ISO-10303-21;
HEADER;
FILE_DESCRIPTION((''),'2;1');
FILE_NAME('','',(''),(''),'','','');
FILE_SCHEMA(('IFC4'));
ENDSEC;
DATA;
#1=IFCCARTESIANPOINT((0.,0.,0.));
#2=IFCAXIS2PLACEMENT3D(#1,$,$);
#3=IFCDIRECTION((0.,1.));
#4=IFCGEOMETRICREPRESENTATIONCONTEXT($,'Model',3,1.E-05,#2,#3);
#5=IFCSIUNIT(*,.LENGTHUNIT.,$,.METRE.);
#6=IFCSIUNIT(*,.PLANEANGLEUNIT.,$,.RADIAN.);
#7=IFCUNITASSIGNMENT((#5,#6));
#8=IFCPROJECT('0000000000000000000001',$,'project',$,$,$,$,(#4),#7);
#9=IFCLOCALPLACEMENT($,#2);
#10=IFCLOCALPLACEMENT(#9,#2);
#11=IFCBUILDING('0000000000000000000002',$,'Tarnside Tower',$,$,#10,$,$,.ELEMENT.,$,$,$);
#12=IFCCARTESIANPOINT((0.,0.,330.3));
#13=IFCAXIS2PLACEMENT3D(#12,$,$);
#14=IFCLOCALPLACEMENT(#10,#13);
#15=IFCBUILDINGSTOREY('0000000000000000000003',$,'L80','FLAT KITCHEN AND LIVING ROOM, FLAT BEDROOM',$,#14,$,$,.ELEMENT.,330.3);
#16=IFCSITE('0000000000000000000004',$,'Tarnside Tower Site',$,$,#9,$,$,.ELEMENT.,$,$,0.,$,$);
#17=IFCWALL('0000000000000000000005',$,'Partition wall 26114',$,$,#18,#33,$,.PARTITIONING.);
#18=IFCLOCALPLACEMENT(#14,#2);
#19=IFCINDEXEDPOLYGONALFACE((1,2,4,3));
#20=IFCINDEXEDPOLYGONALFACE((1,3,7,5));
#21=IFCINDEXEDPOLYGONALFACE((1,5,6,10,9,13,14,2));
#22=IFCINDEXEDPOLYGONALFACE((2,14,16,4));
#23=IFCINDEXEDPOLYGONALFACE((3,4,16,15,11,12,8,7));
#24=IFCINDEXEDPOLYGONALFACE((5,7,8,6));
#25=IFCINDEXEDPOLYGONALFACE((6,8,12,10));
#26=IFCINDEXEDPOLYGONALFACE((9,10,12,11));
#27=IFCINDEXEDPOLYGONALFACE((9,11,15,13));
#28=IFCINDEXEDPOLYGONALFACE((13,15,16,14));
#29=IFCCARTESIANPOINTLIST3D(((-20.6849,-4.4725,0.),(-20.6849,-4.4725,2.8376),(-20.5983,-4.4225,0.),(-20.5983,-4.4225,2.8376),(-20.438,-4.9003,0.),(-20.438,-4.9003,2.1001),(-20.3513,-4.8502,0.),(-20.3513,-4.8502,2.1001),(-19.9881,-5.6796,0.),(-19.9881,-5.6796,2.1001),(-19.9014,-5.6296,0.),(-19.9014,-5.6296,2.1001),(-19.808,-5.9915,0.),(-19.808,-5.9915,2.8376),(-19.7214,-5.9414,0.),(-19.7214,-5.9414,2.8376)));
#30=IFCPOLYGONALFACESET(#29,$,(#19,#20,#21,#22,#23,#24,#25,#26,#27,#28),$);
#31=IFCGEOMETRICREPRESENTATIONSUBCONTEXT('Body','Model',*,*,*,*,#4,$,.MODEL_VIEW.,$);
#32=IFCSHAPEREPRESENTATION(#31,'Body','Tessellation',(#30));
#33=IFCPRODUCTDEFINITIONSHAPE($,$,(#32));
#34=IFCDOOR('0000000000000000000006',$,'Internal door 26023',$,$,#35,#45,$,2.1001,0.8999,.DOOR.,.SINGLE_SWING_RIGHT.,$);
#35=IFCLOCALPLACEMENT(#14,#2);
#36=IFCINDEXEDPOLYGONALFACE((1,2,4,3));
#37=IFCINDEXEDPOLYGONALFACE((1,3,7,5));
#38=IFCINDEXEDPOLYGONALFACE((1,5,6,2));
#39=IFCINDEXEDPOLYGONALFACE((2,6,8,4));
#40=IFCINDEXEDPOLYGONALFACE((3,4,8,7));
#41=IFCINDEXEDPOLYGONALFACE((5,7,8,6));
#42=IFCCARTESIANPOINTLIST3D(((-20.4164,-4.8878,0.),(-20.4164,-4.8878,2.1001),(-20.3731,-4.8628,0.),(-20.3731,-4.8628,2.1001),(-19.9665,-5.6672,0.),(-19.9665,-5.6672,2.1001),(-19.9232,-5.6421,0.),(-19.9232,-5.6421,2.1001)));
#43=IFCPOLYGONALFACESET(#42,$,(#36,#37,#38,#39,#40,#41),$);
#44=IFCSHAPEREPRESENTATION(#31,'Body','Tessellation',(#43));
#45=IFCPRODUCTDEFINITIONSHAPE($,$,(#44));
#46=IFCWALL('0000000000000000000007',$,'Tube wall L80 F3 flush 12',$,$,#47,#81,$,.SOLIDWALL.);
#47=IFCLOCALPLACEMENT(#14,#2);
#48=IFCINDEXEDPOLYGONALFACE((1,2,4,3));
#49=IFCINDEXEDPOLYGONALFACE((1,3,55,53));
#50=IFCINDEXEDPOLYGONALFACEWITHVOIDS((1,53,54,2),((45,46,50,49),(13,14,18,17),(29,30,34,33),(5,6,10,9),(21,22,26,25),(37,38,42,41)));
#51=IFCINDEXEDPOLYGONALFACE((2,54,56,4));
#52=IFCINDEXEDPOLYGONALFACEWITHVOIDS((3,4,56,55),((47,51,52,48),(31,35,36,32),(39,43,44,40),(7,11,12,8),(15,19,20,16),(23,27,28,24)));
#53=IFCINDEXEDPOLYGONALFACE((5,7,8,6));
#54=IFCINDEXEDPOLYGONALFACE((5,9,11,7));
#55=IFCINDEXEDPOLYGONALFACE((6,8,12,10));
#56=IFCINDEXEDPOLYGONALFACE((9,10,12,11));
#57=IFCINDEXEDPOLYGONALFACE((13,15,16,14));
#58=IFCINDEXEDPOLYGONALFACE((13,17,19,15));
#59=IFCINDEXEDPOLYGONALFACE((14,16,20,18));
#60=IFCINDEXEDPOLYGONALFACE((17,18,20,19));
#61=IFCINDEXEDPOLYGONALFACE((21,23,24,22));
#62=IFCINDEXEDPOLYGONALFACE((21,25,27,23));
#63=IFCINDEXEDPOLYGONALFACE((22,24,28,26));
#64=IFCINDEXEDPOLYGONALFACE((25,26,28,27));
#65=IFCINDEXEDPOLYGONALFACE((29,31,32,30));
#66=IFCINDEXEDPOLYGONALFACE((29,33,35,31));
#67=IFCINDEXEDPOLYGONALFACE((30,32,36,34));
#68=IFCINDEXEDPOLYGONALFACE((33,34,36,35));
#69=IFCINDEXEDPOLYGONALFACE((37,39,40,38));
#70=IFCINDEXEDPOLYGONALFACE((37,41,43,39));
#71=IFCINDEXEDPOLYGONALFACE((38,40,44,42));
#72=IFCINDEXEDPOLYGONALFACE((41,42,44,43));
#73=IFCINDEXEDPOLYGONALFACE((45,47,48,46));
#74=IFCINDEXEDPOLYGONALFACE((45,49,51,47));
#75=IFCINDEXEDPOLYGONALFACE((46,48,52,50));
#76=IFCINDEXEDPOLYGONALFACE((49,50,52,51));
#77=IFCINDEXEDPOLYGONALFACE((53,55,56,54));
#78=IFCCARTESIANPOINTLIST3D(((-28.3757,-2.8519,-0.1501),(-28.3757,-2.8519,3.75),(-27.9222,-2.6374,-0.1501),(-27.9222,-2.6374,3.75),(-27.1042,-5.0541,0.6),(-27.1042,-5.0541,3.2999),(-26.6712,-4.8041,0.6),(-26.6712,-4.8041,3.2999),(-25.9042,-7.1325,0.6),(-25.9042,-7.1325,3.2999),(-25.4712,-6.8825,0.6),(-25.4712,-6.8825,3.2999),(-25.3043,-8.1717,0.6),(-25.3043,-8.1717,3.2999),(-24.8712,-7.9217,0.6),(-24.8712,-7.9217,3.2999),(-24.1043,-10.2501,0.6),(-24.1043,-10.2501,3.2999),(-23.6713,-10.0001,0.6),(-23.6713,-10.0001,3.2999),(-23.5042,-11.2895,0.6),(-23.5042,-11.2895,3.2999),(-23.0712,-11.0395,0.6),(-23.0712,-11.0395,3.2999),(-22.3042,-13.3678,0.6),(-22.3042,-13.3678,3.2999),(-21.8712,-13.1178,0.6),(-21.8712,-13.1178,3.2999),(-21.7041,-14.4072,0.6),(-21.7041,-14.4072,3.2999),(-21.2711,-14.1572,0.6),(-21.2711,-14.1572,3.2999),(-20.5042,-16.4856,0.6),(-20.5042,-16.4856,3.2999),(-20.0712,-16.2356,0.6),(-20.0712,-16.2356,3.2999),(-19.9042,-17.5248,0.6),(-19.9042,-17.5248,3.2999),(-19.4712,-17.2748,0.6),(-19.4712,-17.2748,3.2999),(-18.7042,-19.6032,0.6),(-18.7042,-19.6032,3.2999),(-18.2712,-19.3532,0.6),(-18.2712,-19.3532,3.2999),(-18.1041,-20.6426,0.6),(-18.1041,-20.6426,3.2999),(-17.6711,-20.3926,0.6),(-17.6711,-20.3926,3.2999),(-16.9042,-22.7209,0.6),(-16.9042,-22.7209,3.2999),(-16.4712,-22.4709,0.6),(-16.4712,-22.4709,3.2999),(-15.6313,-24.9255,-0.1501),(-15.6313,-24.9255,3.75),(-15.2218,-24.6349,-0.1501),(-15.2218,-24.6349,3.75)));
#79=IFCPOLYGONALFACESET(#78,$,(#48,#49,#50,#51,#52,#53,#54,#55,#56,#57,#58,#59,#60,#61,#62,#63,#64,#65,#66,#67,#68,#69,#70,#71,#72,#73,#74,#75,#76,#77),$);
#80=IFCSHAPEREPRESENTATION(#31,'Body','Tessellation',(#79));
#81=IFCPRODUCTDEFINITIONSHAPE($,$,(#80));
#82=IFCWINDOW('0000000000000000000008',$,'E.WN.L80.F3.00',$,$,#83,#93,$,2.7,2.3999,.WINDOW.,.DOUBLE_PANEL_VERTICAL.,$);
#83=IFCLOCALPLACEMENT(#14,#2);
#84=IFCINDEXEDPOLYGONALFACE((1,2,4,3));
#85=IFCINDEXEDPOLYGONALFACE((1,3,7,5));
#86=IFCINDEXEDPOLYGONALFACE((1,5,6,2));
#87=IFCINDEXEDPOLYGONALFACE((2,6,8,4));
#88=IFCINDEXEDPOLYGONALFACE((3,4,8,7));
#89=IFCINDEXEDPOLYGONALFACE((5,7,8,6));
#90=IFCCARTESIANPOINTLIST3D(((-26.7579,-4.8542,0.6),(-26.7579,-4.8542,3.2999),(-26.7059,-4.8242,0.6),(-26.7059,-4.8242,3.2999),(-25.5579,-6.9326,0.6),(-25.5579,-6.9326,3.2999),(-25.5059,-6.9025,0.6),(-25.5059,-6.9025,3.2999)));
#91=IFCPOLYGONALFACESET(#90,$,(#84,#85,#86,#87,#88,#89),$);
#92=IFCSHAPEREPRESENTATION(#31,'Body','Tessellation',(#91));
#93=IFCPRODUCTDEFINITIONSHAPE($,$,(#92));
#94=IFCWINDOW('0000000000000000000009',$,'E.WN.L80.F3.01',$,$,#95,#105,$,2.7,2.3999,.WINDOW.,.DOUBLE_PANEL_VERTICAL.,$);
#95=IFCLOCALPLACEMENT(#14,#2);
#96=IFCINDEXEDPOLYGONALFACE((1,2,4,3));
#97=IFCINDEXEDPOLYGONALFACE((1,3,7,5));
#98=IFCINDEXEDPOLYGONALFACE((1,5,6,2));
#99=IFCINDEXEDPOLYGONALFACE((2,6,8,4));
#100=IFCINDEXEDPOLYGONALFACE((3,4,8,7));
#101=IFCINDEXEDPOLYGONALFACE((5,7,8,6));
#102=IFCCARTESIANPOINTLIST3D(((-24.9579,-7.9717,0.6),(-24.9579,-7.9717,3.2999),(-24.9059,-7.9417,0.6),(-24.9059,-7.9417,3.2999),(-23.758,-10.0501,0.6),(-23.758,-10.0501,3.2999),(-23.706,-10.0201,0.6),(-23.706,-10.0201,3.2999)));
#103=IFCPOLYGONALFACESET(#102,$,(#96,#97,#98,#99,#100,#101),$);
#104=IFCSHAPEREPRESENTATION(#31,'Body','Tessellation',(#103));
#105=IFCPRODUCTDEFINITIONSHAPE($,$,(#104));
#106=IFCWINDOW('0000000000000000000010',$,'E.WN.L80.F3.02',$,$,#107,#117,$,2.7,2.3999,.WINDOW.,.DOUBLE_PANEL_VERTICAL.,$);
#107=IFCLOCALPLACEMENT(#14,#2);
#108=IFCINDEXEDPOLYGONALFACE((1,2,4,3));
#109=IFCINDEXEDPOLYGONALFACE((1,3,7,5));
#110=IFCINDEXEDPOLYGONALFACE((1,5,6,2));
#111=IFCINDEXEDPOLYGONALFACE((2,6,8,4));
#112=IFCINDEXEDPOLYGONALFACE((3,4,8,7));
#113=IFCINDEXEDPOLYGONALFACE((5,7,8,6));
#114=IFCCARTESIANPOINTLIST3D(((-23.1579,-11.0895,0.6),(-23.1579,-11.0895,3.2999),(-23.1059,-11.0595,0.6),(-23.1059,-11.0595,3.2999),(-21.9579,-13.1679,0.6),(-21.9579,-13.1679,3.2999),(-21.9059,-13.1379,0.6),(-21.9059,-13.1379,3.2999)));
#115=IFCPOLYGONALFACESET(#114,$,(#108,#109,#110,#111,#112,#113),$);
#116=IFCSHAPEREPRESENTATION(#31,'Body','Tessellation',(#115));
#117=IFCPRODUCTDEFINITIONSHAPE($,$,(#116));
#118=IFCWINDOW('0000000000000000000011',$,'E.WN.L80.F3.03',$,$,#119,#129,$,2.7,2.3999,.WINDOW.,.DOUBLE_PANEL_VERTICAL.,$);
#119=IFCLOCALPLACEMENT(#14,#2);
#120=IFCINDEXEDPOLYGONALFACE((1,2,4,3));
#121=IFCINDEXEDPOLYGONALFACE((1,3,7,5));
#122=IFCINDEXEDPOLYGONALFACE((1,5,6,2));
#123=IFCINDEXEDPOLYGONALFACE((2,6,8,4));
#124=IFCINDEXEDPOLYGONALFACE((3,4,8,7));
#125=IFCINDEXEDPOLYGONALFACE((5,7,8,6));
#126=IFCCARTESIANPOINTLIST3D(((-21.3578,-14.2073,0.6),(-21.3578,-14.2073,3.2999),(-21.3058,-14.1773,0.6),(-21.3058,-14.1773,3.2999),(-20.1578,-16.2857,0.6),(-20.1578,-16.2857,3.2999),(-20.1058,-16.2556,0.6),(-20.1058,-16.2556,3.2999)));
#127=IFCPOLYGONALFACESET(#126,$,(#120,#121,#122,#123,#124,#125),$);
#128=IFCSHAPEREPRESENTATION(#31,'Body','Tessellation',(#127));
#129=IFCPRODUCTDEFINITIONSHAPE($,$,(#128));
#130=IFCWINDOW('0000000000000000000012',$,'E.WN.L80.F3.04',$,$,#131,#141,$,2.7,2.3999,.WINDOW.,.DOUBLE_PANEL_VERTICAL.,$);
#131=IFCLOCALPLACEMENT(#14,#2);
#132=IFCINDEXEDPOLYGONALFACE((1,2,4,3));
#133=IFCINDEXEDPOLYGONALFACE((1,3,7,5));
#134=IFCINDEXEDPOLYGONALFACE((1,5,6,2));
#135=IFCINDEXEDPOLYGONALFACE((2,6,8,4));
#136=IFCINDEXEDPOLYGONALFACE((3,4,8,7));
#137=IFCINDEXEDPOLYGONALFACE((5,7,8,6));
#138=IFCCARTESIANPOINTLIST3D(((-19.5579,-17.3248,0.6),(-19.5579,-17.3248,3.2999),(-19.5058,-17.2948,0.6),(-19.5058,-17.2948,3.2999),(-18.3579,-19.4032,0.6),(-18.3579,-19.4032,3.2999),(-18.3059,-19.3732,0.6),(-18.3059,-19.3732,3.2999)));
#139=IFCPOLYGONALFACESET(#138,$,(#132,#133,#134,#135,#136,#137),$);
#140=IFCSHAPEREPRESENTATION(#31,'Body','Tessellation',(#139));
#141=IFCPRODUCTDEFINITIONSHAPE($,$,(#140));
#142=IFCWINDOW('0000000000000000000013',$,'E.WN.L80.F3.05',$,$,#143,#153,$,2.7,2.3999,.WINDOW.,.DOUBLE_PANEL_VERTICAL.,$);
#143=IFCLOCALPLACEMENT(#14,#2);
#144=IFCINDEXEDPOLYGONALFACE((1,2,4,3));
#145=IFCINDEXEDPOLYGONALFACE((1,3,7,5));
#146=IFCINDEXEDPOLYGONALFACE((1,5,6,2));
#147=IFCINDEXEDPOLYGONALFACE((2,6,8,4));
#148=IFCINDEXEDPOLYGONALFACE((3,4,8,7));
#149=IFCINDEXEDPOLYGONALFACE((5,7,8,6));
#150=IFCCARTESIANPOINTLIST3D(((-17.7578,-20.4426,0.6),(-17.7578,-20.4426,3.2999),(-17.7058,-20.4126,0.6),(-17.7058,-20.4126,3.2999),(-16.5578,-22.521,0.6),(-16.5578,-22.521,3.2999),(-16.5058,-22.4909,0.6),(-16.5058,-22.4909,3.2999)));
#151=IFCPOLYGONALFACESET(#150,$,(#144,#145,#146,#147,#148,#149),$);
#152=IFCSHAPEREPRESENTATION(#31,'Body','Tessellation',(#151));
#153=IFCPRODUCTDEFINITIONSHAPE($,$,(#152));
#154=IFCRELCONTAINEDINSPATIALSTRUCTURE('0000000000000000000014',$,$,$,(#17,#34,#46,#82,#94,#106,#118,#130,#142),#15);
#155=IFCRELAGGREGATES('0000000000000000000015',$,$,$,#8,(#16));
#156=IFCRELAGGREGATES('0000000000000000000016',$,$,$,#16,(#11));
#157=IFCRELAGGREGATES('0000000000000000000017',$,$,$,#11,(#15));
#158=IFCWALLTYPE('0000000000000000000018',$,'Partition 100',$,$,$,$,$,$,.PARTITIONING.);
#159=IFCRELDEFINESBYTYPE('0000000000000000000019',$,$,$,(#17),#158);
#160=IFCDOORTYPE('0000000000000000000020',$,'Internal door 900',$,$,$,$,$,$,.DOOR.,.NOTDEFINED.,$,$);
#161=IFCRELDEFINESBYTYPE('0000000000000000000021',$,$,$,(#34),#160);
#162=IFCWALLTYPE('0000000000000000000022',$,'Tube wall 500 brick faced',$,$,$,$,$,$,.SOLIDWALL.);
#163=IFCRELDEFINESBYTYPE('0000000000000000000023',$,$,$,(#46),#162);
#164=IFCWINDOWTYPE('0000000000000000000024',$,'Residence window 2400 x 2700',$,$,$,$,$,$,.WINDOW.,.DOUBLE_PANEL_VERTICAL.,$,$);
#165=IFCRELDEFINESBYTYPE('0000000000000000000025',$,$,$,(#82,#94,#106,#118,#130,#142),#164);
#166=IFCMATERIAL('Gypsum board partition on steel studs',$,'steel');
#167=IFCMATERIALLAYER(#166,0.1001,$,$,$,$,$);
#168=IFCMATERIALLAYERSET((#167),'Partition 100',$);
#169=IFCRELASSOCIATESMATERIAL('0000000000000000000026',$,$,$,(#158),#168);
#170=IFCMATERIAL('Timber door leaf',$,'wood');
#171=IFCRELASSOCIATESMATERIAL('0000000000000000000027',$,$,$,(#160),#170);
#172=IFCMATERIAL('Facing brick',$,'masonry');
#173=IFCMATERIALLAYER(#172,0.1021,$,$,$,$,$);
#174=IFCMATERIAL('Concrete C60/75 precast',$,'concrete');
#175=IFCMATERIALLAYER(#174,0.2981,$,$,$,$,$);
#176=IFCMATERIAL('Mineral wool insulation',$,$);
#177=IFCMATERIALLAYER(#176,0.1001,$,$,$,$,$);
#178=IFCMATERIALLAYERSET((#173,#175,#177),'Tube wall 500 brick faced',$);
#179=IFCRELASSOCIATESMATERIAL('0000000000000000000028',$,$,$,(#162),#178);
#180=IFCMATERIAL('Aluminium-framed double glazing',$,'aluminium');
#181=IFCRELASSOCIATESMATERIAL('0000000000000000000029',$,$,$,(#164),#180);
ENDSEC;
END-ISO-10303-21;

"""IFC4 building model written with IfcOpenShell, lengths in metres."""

from ifc_helpers import new_model, si_unit, direction, frame, frame_2d, origin, place, context, subcontext, project, spatial, polyline, rectangle, outline, extrude, material, layer, layer_set, type_object, element, fill, save


model = new_model("IFC4")

# Units and contexts
model_context = context("Model", 3, precision=1e-05, world=origin(), true_north=direction((0.0, 1.0)))
body_context = subcontext(model_context, "Body", "Model", "MODEL_VIEW")
ifc_project = project(units=[si_unit("LENGTHUNIT", "METRE"), si_unit("PLANEANGLEUNIT", "RADIAN")], contexts=[model_context])

# Site, building, storey
site_placement = place(None, origin())
site = spatial("IfcSite", under=ifc_project, at=site_placement, Name="Tarnside Tower Site", CompositionType="ELEMENT", RefElevation=0.0)
building_placement = place(site_placement, origin())
building = spatial("IfcBuilding", under=site, at=building_placement, Name="Tarnside Tower", CompositionType="ELEMENT")
storey_placement = place(building_placement, frame((0.0, 0.0, 330.3)))
storey = spatial("IfcBuildingStorey", under=building, at=storey_placement, Name="L80", Description="FLAT KITCHEN AND LIVING ROOM, FLAT BEDROOM", CompositionType="ELEMENT", Elevation=330.3)

# Shared definitions
ifc_material_1 = material(Name="Gypsum board partition on steel studs", Category="steel")

# Shared definitions
ifc_material_2 = material(Name="Timber door leaf", Category="wood")

# Wall, opening, door
ifc_layer_1 = layer(ifc_material_1, 0.1001)
ifc_layer_set_1 = layer_set([ifc_layer_1], Name="Partition 100")
wall_type_1 = type_object("IfcWallType", Name="Partition 100", PredefinedType="PARTITIONING", material=ifc_layer_set_1)
wall_1_placement = place(storey_placement, frame((-20.6416, -4.4475, 0.0), z_axis=(0.0, 0.0, 1.0), x_axis=(0.499971, -0.866042, 0.0)))
wall_1 = element("IfcWall", 1, at=wall_1_placement, inside=storey, type_object=wall_type_1, Name="Partition wall 26114", PredefinedType="PARTITIONING", context=body_context, shape_type="SweptSolid", body=[
    extrude(rectangle(XDim=1.7539, YDim=0.1001, at=frame_2d((0.877, 0.0))), origin(), (0.0, 0.0, 1.0), 2.8376),
])
opening_1_placement = place(wall_1_placement, frame((0.4939, 0.0, 0.0)))
opening_1 = element("IfcOpeningElement", 2, at=opening_1_placement, cuts=wall_1, PredefinedType="OPENING", context=body_context, shape_type="SweptSolid", body=[
    extrude(rectangle(XDim=0.8999, YDim=2.1001, at=frame_2d((0.45, 1.05))), frame((0.0, 0.0601, 0.0), z_axis=(0.0, -1.0, 0.0), x_axis=(1.0, 0.0, 0.0)), (0.0, 0.0, 1.0), 0.1201),
])
door_type_1 = type_object("IfcDoorType", Name="Internal door 900", OperationType="NOTDEFINED", PredefinedType="DOOR", material=ifc_material_2)
door_1_placement = place(opening_1_placement, origin())
door_1 = element("IfcDoor", 3, at=door_1_placement, inside=storey, type_object=door_type_1, Name="Internal door 26023", OperationType="SINGLE_SWING_RIGHT", OverallHeight=2.1001, OverallWidth=0.8999, PredefinedType="DOOR", context=body_context, shape_type="SweptSolid", body=[
    extrude(rectangle(XDim=0.8999, YDim=2.1001, at=frame_2d((0.45, 1.05))), frame((0.0, 0.0249, 0.0), z_axis=(0.0, -1.0, 0.0), x_axis=(1.0, 0.0, 0.0)), (0.0, 0.0, 1.0), 0.05),
])
fill(opening_1, door_1)

# Wall, openings, windows
ifc_material_3 = material(Name="Facing brick", Category="masonry")
ifc_layer_2 = layer(ifc_material_3, 0.1021)
ifc_material_4 = material(Name="Concrete C60/75 precast", Category="concrete")
ifc_layer_3 = layer(ifc_material_4, 0.2981)
ifc_material_5 = material(Name="Mineral wool insulation")
ifc_layer_4 = layer(ifc_material_5, 0.1001)
ifc_layer_set_2 = layer_set([ifc_layer_2, ifc_layer_3, ifc_layer_4], Name="Tube wall 500 brick faced")
wall_type_2 = type_object("IfcWallType", Name="Tube wall 500 brick faced", PredefinedType="SOLIDWALL", material=ifc_layer_set_2)
wall_2_placement = place(storey_placement, frame((-28.1489, -2.7446, -0.1501), z_axis=(0.0, 0.0, 1.0), x_axis=(0.500004, -0.866023, 0.0)))
wall_2 = element("IfcWall", 4, at=wall_2_placement, inside=storey, type_object=wall_type_2, Name="Tube wall L80 F3 flush 12", PredefinedType="SOLIDWALL", context=body_context, shape_type="SweptSolid", body=[
    extrude(outline(polyline([(-0.0205, -0.25), (25.468, -0.25), (25.4211, 0.25), (0.0205, 0.25), (-0.0205, -0.25)])), origin(), (0.0, 0.0, 1.0), 3.9001),
])
opening_2_placement = place(wall_2_placement, frame((2.5225, 0.0, 0.75)))
opening_2 = element("IfcOpeningElement", 5, at=opening_2_placement, cuts=wall_2, PredefinedType="OPENING", context=body_context, shape_type="SweptSolid", body=[
    extrude(rectangle(XDim=2.3999, YDim=2.7, at=frame_2d((1.2, 1.3501))), frame((0.0, 0.26, 0.0), z_axis=(0.0, -1.0, 0.0), x_axis=(1.0, 0.0, 0.0)), (0.0, 0.0, 1.0), 0.52),
])
opening_3_placement = place(wall_2_placement, frame((6.1223, 0.0, 0.75)))
opening_3 = element("IfcOpeningElement", 6, at=opening_3_placement, cuts=wall_2, PredefinedType="OPENING", context=body_context, shape_type="SweptSolid", body=[
    extrude(rectangle(XDim=2.3999, YDim=2.7, at=frame_2d((1.2, 1.3501))), frame((0.0, 0.26, 0.0), z_axis=(0.0, -1.0, 0.0), x_axis=(1.0, 0.0, 0.0)), (0.0, 0.0, 1.0), 0.52),
])
opening_4_placement = place(wall_2_placement, frame((9.7224, 0.0, 0.75)))
opening_4 = element("IfcOpeningElement", 7, at=opening_4_placement, cuts=wall_2, PredefinedType="OPENING", context=body_context, shape_type="SweptSolid", body=[
    extrude(rectangle(XDim=2.3999, YDim=2.7, at=frame_2d((1.2, 1.3501))), frame((0.0, 0.26, 0.0), z_axis=(0.0, -1.0, 0.0), x_axis=(1.0, 0.0, 0.0)), (0.0, 0.0, 1.0), 0.52),
])
opening_5_placement = place(wall_2_placement, frame((13.3225, 0.0, 0.75)))
opening_5 = element("IfcOpeningElement", 8, at=opening_5_placement, cuts=wall_2, PredefinedType="OPENING", context=body_context, shape_type="SweptSolid", body=[
    extrude(rectangle(XDim=2.3999, YDim=2.7, at=frame_2d((1.2, 1.3501))), frame((0.0, 0.26, 0.0), z_axis=(0.0, -1.0, 0.0), x_axis=(1.0, 0.0, 0.0)), (0.0, 0.0, 1.0), 0.52),
])
opening_6_placement = place(wall_2_placement, frame((16.9224, 0.0, 0.75)))
opening_6 = element("IfcOpeningElement", 9, at=opening_6_placement, cuts=wall_2, PredefinedType="OPENING", context=body_context, shape_type="SweptSolid", body=[
    extrude(rectangle(XDim=2.3999, YDim=2.7, at=frame_2d((1.2, 1.3501))), frame((0.0, 0.26, 0.0), z_axis=(0.0, -1.0, 0.0), x_axis=(1.0, 0.0, 0.0)), (0.0, 0.0, 1.0), 0.52),
])
opening_7_placement = place(wall_2_placement, frame((20.5225, 0.0, 0.75)))
opening_7 = element("IfcOpeningElement", 10, at=opening_7_placement, cuts=wall_2, PredefinedType="OPENING", context=body_context, shape_type="SweptSolid", body=[
    extrude(rectangle(XDim=2.3999, YDim=2.7, at=frame_2d((1.2, 1.3501))), frame((0.0, 0.26, 0.0), z_axis=(0.0, -1.0, 0.0), x_axis=(1.0, 0.0, 0.0)), (0.0, 0.0, 1.0), 0.52),
])
ifc_material_6 = material(Name="Aluminium-framed double glazing", Category="aluminium")
window_type = type_object("IfcWindowType", Name="Residence window 2400 x 2700", PartitioningType="DOUBLE_PANEL_VERTICAL", PredefinedType="WINDOW", material=ifc_material_6)
window_1_placement = place(opening_2_placement, frame((0.0, 0.1799, 0.0)))
window_1 = element("IfcWindow", 11, at=window_1_placement, inside=storey, type_object=window_type, Name="E.WN.L80.F3.00", OverallHeight=2.7, OverallWidth=2.3999, PartitioningType="DOUBLE_PANEL_VERTICAL", PredefinedType="WINDOW", context=body_context, shape_type="SweptSolid", body=[
    extrude(rectangle(XDim=2.3999, YDim=2.7, at=frame_2d((1.2, 1.3501))), frame((0.0, 0.03, 0.0), z_axis=(0.0, -1.0, 0.0), x_axis=(1.0, 0.0, 0.0)), (0.0, 0.0, 1.0), 0.0601),
])
fill(opening_2, window_1)
window_2_placement = place(opening_3_placement, frame((0.0, 0.1799, 0.0)))
window_2 = element("IfcWindow", 12, at=window_2_placement, inside=storey, type_object=window_type, Name="E.WN.L80.F3.01", OverallHeight=2.7, OverallWidth=2.3999, PartitioningType="DOUBLE_PANEL_VERTICAL", PredefinedType="WINDOW", context=body_context, shape_type="SweptSolid", body=[
    extrude(rectangle(XDim=2.3999, YDim=2.7, at=frame_2d((1.2, 1.3501))), frame((0.0, 0.03, 0.0), z_axis=(0.0, -1.0, 0.0), x_axis=(1.0, 0.0, 0.0)), (0.0, 0.0, 1.0), 0.0601),
])
fill(opening_3, window_2)
window_3_placement = place(opening_4_placement, frame((0.0, 0.1799, 0.0)))
window_3 = element("IfcWindow", 13, at=window_3_placement, inside=storey, type_object=window_type, Name="E.WN.L80.F3.02", OverallHeight=2.7, OverallWidth=2.3999, PartitioningType="DOUBLE_PANEL_VERTICAL", PredefinedType="WINDOW", context=body_context, shape_type="SweptSolid", body=[
    extrude(rectangle(XDim=2.3999, YDim=2.7, at=frame_2d((1.2, 1.3501))), frame((0.0, 0.03, 0.0), z_axis=(0.0, -1.0, 0.0), x_axis=(1.0, 0.0, 0.0)), (0.0, 0.0, 1.0), 0.0601),
])
fill(opening_4, window_3)
window_4_placement = place(opening_5_placement, frame((0.0, 0.1799, 0.0)))
window_4 = element("IfcWindow", 14, at=window_4_placement, inside=storey, type_object=window_type, Name="E.WN.L80.F3.03", OverallHeight=2.7, OverallWidth=2.3999, PartitioningType="DOUBLE_PANEL_VERTICAL", PredefinedType="WINDOW", context=body_context, shape_type="SweptSolid", body=[
    extrude(rectangle(XDim=2.3999, YDim=2.7, at=frame_2d((1.2, 1.3501))), frame((0.0, 0.03, 0.0), z_axis=(0.0, -1.0, 0.0), x_axis=(1.0, 0.0, 0.0)), (0.0, 0.0, 1.0), 0.0601),
])
fill(opening_5, window_4)
window_5_placement = place(opening_6_placement, frame((0.0, 0.1799, 0.0)))
window_5 = element("IfcWindow", 15, at=window_5_placement, inside=storey, type_object=window_type, Name="E.WN.L80.F3.04", OverallHeight=2.7, OverallWidth=2.3999, PartitioningType="DOUBLE_PANEL_VERTICAL", PredefinedType="WINDOW", context=body_context, shape_type="SweptSolid", body=[
    extrude(rectangle(XDim=2.3999, YDim=2.7, at=frame_2d((1.2, 1.3501))), frame((0.0, 0.03, 0.0), z_axis=(0.0, -1.0, 0.0), x_axis=(1.0, 0.0, 0.0)), (0.0, 0.0, 1.0), 0.0601),
])
fill(opening_6, window_5)
window_6_placement = place(opening_7_placement, frame((0.0, 0.1799, 0.0)))
window_6 = element("IfcWindow", 16, at=window_6_placement, inside=storey, type_object=window_type, Name="E.WN.L80.F3.05", OverallHeight=2.7, OverallWidth=2.3999, PartitioningType="DOUBLE_PANEL_VERTICAL", PredefinedType="WINDOW", context=body_context, shape_type="SweptSolid", body=[
    extrude(rectangle(XDim=2.3999, YDim=2.7, at=frame_2d((1.2, 1.3501))), frame((0.0, 0.03, 0.0), z_axis=(0.0, -1.0, 0.0), x_axis=(1.0, 0.0, 0.0)), (0.0, 0.0, 1.0), 0.0601),
])
fill(opening_7, window_6)

save(model, "model.ifc")
